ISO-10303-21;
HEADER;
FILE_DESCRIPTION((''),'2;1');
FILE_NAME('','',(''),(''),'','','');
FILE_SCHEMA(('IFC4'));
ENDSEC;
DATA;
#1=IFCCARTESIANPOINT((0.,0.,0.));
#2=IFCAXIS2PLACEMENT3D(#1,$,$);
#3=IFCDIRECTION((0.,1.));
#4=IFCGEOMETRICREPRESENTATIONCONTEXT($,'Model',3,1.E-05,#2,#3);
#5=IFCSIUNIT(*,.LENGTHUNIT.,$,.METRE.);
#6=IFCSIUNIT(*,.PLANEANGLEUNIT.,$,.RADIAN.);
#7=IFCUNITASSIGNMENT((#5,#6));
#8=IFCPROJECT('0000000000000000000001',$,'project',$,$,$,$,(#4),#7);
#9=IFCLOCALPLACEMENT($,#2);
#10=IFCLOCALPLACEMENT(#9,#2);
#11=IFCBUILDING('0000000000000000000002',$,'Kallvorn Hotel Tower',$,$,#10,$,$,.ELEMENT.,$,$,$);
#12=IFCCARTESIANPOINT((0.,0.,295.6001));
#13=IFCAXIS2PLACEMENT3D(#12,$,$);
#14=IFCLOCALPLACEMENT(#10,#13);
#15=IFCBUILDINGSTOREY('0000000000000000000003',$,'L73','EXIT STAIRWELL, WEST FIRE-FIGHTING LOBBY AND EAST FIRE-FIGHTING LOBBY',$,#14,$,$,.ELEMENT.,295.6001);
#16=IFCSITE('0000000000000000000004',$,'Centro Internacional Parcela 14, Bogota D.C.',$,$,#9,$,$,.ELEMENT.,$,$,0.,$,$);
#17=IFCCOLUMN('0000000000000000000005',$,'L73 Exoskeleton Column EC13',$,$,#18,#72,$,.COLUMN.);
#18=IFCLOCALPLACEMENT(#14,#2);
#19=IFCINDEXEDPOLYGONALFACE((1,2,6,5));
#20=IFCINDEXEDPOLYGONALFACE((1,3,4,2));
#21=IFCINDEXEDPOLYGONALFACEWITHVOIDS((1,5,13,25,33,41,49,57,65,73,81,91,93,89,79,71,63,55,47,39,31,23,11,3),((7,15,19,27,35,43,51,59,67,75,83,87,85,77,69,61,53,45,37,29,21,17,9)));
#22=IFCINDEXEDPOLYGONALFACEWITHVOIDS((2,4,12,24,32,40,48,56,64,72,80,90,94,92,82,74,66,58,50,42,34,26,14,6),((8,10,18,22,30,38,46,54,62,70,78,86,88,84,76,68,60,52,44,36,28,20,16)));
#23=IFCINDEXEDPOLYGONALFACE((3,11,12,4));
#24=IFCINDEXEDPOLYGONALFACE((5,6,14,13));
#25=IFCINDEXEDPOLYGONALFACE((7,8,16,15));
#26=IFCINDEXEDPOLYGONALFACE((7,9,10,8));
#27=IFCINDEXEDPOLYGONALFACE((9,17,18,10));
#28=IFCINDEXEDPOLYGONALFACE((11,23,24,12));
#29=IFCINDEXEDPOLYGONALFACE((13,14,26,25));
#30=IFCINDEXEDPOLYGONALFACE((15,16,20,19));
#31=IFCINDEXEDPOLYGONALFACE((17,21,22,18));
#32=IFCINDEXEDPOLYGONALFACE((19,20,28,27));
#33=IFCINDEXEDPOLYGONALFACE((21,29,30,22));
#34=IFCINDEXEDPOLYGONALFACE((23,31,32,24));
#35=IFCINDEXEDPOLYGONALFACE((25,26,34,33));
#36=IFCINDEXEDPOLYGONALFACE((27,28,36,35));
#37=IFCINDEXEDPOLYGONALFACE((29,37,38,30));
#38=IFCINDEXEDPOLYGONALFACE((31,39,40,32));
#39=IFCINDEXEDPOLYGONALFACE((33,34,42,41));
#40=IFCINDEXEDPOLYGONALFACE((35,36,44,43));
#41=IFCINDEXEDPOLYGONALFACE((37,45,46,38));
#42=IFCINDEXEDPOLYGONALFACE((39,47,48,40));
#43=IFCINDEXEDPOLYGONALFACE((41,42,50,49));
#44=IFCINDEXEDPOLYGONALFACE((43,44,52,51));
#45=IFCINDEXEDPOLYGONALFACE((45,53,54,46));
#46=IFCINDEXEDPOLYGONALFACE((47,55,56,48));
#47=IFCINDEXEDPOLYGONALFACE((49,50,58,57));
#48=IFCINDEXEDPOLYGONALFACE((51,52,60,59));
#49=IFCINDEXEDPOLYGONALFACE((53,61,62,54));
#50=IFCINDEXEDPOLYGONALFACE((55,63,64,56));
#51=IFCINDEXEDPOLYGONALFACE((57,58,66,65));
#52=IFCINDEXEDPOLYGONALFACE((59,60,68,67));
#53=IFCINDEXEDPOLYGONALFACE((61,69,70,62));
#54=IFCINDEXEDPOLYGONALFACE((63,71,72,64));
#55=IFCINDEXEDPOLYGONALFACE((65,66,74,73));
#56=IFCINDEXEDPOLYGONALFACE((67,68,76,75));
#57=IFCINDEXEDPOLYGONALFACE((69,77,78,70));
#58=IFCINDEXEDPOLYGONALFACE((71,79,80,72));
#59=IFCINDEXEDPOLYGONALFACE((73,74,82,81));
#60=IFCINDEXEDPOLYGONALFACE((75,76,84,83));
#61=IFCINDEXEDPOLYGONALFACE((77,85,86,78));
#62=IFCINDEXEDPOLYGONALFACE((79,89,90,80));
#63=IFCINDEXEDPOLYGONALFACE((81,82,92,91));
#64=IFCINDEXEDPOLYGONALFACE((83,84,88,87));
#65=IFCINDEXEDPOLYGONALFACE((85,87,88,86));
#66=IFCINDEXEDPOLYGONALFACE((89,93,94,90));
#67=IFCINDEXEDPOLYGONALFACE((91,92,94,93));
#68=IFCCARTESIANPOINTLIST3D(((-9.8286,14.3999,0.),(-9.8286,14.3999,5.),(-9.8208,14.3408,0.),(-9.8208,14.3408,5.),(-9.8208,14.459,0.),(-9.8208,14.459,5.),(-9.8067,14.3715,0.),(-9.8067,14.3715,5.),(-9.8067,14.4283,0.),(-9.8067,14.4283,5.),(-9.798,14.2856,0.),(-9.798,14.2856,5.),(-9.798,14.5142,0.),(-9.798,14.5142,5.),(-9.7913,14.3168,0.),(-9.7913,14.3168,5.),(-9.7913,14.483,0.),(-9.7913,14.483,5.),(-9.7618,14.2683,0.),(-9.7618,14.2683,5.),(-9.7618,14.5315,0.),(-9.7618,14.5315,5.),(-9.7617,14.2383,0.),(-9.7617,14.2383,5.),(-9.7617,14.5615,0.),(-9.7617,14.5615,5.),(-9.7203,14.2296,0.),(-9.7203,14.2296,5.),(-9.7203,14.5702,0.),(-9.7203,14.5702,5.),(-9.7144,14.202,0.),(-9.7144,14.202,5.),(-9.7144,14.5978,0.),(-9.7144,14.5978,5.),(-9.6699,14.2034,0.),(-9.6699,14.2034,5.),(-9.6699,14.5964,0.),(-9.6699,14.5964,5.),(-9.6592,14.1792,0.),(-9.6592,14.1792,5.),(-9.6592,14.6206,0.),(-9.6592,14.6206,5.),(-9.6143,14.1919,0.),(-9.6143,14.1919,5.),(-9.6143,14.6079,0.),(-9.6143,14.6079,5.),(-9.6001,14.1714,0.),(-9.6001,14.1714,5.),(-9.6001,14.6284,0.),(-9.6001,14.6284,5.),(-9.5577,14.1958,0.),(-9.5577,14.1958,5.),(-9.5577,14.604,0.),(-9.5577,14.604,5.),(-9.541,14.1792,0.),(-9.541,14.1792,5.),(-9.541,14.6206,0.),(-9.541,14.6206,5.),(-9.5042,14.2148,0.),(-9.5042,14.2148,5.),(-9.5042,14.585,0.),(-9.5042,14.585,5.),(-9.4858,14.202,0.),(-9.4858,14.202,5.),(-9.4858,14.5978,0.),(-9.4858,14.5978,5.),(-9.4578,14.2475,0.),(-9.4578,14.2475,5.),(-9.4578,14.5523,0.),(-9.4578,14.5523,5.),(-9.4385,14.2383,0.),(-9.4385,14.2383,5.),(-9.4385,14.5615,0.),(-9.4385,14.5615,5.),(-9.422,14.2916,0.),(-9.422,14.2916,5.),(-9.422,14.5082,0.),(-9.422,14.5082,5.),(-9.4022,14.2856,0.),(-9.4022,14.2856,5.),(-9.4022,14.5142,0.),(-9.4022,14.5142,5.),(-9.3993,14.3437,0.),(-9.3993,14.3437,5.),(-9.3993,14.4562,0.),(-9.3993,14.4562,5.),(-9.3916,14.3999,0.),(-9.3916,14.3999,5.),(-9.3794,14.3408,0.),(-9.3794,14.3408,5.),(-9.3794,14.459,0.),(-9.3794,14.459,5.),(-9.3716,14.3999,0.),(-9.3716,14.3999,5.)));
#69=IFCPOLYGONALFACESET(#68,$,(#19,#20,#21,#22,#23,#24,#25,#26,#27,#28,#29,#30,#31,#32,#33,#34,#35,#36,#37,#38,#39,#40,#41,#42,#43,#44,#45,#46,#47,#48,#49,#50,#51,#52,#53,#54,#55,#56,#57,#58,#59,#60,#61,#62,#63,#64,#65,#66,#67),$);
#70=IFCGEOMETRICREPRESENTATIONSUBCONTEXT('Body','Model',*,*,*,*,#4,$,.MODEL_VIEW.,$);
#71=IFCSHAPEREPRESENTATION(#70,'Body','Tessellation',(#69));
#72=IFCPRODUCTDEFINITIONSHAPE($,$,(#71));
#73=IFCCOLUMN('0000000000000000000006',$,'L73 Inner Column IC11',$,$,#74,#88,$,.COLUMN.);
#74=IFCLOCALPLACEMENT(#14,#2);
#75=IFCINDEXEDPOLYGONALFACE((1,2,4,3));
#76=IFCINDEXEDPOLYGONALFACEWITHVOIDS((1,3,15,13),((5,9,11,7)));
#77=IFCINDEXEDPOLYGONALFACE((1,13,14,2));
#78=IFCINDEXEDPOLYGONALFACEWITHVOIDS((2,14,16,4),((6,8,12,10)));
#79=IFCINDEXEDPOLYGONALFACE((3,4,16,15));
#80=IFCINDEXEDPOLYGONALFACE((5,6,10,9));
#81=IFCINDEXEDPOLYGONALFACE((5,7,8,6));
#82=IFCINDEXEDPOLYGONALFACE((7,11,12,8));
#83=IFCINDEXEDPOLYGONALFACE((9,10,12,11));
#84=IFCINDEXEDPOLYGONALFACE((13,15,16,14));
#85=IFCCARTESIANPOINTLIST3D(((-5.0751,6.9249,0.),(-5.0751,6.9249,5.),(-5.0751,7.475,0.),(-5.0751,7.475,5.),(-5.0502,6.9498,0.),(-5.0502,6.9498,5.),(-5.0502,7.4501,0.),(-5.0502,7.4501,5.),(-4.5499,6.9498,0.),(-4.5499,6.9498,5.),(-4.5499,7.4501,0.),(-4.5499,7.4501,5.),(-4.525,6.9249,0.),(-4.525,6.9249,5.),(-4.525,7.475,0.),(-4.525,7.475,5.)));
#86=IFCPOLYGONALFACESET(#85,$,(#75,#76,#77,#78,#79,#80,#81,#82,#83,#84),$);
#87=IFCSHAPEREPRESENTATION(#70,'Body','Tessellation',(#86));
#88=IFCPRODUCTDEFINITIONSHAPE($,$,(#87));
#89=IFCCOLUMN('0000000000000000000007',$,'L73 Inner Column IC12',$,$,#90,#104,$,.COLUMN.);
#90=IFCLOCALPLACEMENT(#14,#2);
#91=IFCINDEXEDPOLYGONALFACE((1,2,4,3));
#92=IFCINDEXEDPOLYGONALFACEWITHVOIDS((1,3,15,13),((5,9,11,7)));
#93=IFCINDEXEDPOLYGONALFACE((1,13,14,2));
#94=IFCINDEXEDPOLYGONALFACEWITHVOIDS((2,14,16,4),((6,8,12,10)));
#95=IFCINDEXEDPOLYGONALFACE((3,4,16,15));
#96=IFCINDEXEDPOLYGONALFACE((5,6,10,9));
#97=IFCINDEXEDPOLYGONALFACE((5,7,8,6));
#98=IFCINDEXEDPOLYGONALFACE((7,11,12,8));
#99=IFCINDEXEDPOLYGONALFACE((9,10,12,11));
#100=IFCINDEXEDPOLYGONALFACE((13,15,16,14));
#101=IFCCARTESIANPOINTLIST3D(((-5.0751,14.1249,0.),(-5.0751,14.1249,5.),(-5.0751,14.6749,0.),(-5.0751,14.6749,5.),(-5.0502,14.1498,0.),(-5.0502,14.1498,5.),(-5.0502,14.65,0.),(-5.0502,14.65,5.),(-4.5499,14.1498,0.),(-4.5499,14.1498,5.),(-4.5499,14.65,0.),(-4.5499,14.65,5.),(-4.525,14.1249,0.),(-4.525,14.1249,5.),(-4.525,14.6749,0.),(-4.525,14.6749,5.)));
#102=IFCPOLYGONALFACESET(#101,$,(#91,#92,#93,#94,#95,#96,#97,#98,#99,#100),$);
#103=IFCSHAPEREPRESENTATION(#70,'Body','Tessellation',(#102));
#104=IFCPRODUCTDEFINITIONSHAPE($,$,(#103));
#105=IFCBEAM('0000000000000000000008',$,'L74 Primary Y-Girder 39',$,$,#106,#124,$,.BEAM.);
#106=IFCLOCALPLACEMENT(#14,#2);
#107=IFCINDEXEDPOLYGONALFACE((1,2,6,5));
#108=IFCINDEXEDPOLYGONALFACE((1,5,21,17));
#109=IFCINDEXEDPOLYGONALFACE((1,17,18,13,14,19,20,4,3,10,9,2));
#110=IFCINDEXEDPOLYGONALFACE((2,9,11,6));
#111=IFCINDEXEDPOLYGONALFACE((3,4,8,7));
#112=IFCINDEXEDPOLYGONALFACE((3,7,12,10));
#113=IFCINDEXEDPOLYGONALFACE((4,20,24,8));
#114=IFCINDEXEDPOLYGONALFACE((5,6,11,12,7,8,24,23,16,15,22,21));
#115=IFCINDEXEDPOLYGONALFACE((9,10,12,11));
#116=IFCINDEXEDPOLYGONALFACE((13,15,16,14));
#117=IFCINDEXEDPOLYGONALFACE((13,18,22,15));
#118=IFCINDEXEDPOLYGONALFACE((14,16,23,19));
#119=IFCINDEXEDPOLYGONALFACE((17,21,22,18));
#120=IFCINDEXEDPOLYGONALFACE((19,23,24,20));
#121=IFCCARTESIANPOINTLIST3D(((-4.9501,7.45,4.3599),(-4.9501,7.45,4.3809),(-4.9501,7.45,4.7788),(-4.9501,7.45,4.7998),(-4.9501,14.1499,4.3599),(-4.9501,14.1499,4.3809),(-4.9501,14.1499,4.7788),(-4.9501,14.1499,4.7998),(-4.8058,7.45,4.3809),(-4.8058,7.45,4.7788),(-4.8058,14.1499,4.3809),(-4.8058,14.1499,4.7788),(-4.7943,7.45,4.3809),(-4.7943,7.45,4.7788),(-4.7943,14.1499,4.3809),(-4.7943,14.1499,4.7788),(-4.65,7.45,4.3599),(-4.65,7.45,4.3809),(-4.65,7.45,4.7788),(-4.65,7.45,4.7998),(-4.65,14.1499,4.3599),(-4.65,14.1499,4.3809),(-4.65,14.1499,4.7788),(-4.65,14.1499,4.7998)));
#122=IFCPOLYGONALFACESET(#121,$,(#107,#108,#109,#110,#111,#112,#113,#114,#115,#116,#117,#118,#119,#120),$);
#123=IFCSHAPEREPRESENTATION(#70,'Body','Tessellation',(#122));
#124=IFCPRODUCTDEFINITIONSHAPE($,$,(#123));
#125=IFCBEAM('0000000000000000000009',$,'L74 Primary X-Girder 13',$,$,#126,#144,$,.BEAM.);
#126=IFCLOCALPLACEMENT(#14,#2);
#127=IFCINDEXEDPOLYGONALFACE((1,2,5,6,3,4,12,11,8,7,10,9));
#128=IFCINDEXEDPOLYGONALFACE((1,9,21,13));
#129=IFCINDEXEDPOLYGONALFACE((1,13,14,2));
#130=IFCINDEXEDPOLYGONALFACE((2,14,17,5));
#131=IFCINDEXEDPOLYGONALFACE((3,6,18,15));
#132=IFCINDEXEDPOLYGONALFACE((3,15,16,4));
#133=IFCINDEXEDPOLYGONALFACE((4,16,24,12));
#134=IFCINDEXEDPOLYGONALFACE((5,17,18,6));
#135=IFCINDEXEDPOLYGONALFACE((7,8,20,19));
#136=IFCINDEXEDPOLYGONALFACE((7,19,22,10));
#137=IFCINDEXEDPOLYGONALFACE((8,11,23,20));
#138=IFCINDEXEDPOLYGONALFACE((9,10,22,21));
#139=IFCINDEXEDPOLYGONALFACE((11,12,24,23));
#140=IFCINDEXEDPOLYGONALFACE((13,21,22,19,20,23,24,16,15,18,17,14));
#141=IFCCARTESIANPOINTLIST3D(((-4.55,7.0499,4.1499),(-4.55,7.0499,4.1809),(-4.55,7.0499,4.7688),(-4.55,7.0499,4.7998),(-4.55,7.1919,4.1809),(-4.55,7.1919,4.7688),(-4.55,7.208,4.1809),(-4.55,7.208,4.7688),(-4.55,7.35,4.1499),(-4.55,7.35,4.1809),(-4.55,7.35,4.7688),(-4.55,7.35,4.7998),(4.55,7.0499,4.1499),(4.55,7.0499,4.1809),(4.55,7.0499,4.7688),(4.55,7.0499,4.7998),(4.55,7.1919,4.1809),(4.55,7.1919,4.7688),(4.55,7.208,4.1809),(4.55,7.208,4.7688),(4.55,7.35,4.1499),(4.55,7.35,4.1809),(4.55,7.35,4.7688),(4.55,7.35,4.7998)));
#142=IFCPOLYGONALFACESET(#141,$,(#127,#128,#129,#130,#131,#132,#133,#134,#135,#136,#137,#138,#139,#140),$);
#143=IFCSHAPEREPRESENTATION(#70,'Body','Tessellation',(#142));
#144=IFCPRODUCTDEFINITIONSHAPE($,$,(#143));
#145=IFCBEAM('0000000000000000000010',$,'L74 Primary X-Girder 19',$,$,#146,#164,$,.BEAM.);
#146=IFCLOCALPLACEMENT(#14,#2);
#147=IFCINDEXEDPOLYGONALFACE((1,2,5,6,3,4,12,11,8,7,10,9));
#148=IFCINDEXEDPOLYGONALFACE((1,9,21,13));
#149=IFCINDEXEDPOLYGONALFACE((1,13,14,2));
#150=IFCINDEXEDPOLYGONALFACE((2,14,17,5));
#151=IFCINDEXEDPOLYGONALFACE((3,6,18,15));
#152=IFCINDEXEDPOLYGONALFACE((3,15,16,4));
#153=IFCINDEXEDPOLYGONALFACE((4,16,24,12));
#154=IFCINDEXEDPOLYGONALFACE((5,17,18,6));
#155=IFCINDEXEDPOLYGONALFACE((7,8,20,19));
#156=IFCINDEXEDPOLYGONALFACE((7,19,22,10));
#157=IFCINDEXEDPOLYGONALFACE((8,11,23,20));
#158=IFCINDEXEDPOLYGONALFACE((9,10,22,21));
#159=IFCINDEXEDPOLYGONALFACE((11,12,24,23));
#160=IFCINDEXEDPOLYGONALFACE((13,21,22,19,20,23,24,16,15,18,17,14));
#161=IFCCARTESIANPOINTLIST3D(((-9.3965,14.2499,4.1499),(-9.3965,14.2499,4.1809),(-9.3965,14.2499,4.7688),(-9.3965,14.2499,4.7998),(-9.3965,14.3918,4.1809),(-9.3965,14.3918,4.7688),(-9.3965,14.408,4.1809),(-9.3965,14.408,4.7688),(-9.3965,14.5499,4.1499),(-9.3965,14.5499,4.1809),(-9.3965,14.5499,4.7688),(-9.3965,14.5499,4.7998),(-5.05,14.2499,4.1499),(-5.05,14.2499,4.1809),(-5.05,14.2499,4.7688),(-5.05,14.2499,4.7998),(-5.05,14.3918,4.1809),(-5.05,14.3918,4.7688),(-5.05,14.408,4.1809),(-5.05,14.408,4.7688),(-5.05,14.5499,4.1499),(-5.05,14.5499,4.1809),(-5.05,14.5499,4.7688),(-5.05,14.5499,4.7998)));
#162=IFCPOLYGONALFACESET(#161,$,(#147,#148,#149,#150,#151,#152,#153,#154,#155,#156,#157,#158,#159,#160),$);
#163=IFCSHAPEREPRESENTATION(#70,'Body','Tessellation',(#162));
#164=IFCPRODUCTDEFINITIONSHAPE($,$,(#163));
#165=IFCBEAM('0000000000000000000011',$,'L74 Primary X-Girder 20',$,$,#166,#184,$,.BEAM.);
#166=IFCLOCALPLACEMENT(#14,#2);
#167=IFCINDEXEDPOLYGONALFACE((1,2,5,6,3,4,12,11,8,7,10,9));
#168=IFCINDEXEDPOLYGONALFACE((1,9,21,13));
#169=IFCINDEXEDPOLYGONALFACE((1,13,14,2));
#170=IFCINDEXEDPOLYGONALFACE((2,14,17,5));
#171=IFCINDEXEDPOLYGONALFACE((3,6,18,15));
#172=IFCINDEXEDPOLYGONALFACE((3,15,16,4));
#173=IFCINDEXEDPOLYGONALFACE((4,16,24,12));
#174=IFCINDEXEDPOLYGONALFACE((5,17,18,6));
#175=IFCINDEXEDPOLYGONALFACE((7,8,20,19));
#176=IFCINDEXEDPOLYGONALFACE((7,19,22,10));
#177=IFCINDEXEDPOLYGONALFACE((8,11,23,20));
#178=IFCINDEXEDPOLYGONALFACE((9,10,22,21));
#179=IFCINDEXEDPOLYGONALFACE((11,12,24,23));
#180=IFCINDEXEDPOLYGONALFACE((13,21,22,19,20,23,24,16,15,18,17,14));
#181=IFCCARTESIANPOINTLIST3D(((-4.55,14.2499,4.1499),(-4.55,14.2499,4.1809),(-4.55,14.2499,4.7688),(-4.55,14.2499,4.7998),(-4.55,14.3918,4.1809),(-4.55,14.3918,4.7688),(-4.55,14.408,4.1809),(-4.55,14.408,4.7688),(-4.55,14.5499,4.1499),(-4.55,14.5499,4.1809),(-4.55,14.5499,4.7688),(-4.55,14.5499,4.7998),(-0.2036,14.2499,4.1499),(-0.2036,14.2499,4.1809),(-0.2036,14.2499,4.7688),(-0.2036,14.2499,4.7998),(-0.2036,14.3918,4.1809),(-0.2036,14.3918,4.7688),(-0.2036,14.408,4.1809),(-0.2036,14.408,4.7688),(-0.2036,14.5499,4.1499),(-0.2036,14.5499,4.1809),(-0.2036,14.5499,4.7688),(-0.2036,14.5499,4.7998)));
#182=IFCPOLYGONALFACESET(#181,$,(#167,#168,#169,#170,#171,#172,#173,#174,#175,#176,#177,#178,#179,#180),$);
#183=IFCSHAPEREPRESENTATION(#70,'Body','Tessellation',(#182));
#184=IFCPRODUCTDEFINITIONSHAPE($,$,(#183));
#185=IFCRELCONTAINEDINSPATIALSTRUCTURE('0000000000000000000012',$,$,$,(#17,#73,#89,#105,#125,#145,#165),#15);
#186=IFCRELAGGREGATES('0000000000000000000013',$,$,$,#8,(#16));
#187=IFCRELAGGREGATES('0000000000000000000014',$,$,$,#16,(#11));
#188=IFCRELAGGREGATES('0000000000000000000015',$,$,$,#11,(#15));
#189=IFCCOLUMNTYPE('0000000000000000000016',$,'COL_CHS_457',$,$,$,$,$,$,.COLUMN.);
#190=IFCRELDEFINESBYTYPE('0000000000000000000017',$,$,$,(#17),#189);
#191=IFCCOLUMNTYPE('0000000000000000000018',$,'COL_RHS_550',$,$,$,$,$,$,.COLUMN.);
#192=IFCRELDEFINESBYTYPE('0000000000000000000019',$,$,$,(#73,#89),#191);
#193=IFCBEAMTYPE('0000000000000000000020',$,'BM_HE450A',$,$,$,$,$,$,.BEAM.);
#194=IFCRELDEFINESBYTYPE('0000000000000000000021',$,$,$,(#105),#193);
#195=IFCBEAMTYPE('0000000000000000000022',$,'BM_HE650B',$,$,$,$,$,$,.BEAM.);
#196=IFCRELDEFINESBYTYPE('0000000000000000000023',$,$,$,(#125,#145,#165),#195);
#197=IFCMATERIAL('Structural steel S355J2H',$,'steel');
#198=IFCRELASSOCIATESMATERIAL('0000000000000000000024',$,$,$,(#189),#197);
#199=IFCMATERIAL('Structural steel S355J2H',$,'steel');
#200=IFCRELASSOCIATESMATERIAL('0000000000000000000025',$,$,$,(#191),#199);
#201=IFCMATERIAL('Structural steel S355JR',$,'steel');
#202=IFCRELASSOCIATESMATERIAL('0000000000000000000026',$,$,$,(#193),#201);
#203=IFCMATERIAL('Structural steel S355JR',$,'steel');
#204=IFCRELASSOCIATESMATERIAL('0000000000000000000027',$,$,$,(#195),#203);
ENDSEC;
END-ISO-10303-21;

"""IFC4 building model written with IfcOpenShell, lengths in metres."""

from ifc_helpers import new_model, si_unit, direction, frame, origin, origin_2d, place, context, subcontext, project, spatial, hollow_rectangle, hollow_circle, i_section, extrude, material, material_profile, profile_set, type_object, element, save


model = new_model("IFC4")

# Units and contexts
model_context = context("Model", 3, precision=1e-05, world=origin(), true_north=direction((0.0, 1.0)))
body_context = subcontext(model_context, "Body", "Model", "MODEL_VIEW")
ifc_project = project(units=[si_unit("LENGTHUNIT", "METRE"), si_unit("PLANEANGLEUNIT", "RADIAN")], contexts=[model_context])

# Site, building, storey
site_placement = place(None, origin())
site = spatial("IfcSite", under=ifc_project, at=site_placement, Name="Centro Internacional Parcela 14, Bogota D.C.", CompositionType="ELEMENT", RefElevation=0.0)
building_placement = place(site_placement, origin())
building = spatial("IfcBuilding", under=site, at=building_placement, Name="Kallvorn Hotel Tower", CompositionType="ELEMENT")
storey_placement = place(building_placement, frame((0.0, 0.0, 295.6001)))
storey = spatial("IfcBuildingStorey", under=building, at=storey_placement, Name="L73", Description="EXIT STAIRWELL, WEST FIRE-FIGHTING LOBBY AND EAST FIRE-FIGHTING LOBBY", CompositionType="ELEMENT", Elevation=295.6001)

# Columns
ifc_material_1 = material(Name="Structural steel S355J2H", Category="steel")
ifc_material_profile_1 = material_profile(ifc_material_1, hollow_circle(Radius=0.2285, WallThickness=0.02, at=origin_2d()), Name="CHS 457x20")
ifc_profile_set_1 = profile_set([ifc_material_profile_1], Name="Structural steel S355J2H")
column_type_1 = type_object("IfcColumnType", Name="COL_CHS_457", PredefinedType="COLUMN", material=ifc_profile_set_1)
column_placement = place(storey_placement, frame((-9.6001, 14.3999, 0.0), z_axis=(0.0, 0.0, 1.0), x_axis=(1.0, 0.0, 0.0)))
element("IfcColumn", 1, at=column_placement, inside=storey, type_object=column_type_1, Name="L73 Exoskeleton Column EC13", PredefinedType="COLUMN", context=body_context, shape_type="SweptSolid", body=[
    extrude(hollow_circle(Radius=0.2285, WallThickness=0.02, at=origin_2d()), origin(), (0.0, 0.0, 1.0), 5.0),
])
ifc_material_2 = material(Name="Structural steel S355J2H", Category="steel")
ifc_material_profile_2 = material_profile(ifc_material_2, hollow_rectangle(XDim=0.55, YDim=0.55, WallThickness=0.0249, at=origin_2d()), Name="RHS 550x550x25")
ifc_profile_set_2 = profile_set([ifc_material_profile_2], Name="Structural steel S355J2H")
column_type_2 = type_object("IfcColumnType", Name="COL_RHS_550", PredefinedType="COLUMN", material=ifc_profile_set_2)
for number, where, z_axis, x_axis, name in (
    (2, (-4.8, 7.2, 0.0), (0.0, 0.0, 1.0), (1.0, 0.0, 0.0), "L73 Inner Column IC11"),
    (3, (-4.8, 14.3999, 0.0), (0.0, 0.0, 1.0), (1.0, 0.0, 0.0), "L73 Inner Column IC12"),
):
    element("IfcColumn", number, at=place(storey_placement, frame(where, z_axis=z_axis, x_axis=x_axis)), inside=storey, type_object=column_type_2, Name=name, PredefinedType="COLUMN", context=body_context, shape_type="SweptSolid", body=[
        extrude(hollow_rectangle(XDim=0.55, YDim=0.55, WallThickness=0.0249, at=origin_2d()), origin(), (0.0, 0.0, 1.0), 5.0),
    ])

# Beams
ifc_material_3 = material(Name="Structural steel S355JR", Category="steel")
ifc_material_profile_3 = material_profile(ifc_material_3, i_section(OverallWidth=0.3, OverallDepth=0.4399, WebThickness=0.0115, FlangeThickness=0.021, at=origin_2d()), Name="HE 450 A")
ifc_profile_set_3 = profile_set([ifc_material_profile_3], Name="Structural steel S355JR")
beam_type_1 = type_object("IfcBeamType", Name="BM_HE450A", PredefinedType="BEAM", material=ifc_profile_set_3)
beam_1_placement = place(storey_placement, frame((-4.8, 7.45, 4.5798), z_axis=(0.0, 1.0, 0.0), x_axis=(-1.0, 0.0, 0.0)))
element("IfcBeam", 4, at=beam_1_placement, inside=storey, type_object=beam_type_1, Name="L74 Primary Y-Girder 39", PredefinedType="BEAM", context=body_context, shape_type="SweptSolid", body=[
    extrude(i_section(OverallWidth=0.3, OverallDepth=0.4399, WebThickness=0.0115, FlangeThickness=0.021, at=origin_2d()), origin(), (0.0, 0.0, 1.0), 6.7),
])
ifc_material_4 = material(Name="Structural steel S355JR", Category="steel")
ifc_material_profile_4 = material_profile(ifc_material_4, i_section(OverallWidth=0.3, OverallDepth=0.6499, WebThickness=0.0161, FlangeThickness=0.031, at=origin_2d()), Name="HE 650 B")
ifc_profile_set_4 = profile_set([ifc_material_profile_4], Name="Structural steel S355JR")
beam_type_2 = type_object("IfcBeamType", Name="BM_HE650B", PredefinedType="BEAM", material=ifc_profile_set_4)
beam_2_placement = place(storey_placement, frame((-4.55, 7.2, 4.4749), z_axis=(1.0, 0.0, 0.0), x_axis=(0.0, 1.0, 0.0)))
element("IfcBeam", 5, at=beam_2_placement, inside=storey, type_object=beam_type_2, Name="L74 Primary X-Girder 13", PredefinedType="BEAM", context=body_context, shape_type="SweptSolid", body=[
    extrude(i_section(OverallWidth=0.3, OverallDepth=0.6499, WebThickness=0.0161, FlangeThickness=0.031, at=origin_2d()), origin(), (0.0, 0.0, 1.0), 9.1001),
])
for number, where, z_axis, x_axis, name in (
    (6, (-9.3965, 14.3999, 4.4749), (1.0, 0.0, 0.0), (0.0, 1.0, 0.0), "L74 Primary X-Girder 19"),
    (7, (-4.55, 14.3999, 4.4749), (1.0, 0.0, 0.0), (0.0, 1.0, 0.0), "L74 Primary X-Girder 20"),
):
    element("IfcBeam", number, at=place(storey_placement, frame(where, z_axis=z_axis, x_axis=x_axis)), inside=storey, type_object=beam_type_2, Name=name, PredefinedType="BEAM", context=body_context, shape_type="SweptSolid", body=[
        extrude(i_section(OverallWidth=0.3, OverallDepth=0.6499, WebThickness=0.0161, FlangeThickness=0.031, at=origin_2d()), origin(), (0.0, 0.0, 1.0), 4.3464),
    ])

save(model, "model.ifc")
